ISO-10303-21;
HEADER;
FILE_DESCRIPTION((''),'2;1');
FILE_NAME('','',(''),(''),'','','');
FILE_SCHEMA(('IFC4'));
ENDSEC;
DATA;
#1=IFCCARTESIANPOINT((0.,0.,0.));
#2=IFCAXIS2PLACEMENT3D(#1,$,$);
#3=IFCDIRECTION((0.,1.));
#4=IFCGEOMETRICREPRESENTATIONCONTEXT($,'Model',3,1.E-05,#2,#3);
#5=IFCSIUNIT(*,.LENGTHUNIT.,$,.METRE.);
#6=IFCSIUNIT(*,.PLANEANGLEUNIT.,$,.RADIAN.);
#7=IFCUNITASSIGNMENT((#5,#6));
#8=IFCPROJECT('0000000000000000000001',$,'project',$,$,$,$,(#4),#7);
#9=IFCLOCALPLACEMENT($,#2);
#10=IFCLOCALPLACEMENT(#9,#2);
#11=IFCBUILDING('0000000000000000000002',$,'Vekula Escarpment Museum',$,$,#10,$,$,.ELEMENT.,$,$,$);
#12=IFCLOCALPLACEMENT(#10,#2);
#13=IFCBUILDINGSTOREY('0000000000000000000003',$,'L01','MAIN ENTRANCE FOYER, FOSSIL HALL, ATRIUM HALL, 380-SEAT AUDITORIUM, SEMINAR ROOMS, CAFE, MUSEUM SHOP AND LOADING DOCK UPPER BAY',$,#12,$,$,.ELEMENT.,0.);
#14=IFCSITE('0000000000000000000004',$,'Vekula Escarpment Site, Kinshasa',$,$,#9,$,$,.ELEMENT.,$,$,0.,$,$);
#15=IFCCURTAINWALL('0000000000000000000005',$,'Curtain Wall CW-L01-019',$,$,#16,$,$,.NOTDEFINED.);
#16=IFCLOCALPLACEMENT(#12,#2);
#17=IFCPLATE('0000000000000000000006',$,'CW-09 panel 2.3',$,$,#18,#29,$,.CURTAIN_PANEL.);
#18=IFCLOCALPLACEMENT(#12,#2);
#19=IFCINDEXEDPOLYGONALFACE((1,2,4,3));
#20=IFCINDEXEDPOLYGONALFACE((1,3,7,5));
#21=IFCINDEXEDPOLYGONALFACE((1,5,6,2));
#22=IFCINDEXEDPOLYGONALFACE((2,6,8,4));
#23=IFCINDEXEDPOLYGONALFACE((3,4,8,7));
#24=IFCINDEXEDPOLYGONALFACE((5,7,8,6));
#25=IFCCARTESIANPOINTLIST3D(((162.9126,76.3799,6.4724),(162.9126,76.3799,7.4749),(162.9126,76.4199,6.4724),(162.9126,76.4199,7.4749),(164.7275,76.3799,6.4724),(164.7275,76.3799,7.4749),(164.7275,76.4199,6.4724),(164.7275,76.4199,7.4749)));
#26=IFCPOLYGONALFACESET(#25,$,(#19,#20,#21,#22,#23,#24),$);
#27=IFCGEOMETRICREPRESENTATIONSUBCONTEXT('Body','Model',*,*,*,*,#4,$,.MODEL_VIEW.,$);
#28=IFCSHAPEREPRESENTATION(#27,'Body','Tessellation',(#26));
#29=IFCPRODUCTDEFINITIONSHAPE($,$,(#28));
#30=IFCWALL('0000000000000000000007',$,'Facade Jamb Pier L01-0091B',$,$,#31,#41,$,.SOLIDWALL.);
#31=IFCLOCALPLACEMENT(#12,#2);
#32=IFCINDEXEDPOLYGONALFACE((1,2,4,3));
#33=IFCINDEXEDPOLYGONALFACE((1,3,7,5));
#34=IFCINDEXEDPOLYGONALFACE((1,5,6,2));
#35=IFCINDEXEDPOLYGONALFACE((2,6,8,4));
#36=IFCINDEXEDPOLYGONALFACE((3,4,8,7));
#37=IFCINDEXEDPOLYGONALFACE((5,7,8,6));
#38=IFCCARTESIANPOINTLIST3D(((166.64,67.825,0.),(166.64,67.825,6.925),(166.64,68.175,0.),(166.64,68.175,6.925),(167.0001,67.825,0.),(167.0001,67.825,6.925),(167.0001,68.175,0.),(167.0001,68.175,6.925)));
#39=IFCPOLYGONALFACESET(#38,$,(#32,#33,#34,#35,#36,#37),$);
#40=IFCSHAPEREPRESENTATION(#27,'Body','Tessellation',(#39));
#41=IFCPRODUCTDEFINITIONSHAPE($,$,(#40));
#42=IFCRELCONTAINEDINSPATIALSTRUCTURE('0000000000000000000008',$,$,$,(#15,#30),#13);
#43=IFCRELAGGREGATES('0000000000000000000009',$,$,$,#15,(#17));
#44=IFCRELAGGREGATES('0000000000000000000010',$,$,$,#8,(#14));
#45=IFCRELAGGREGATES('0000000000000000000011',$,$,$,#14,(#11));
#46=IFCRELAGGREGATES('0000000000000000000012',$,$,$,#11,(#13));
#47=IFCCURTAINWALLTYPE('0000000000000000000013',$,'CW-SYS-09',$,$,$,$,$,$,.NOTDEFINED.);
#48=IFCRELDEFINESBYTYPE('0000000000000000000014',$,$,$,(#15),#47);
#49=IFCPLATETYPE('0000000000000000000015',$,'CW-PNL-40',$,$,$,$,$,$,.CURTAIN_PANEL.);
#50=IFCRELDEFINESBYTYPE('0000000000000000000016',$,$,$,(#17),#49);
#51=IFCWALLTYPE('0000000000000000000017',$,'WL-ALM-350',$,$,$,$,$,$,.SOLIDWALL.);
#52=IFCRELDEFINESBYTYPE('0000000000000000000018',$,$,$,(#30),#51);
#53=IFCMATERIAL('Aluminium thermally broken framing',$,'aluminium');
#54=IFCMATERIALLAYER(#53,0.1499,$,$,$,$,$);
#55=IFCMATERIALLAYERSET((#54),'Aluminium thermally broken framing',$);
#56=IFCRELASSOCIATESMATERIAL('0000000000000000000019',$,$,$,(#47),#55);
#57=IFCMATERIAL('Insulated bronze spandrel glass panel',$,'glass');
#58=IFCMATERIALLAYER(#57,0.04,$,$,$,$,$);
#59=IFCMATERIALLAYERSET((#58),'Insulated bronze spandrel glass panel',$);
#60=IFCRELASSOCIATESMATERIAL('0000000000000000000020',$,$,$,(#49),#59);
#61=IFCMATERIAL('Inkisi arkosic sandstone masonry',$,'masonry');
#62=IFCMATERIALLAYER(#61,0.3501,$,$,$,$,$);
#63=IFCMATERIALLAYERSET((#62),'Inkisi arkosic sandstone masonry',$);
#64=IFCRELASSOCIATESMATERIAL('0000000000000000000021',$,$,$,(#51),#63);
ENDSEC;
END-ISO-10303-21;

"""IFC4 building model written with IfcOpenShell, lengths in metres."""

from ifc_helpers import new_model, si_unit, direction, frame, frame_2d, origin, origin_2d, place, context, subcontext, project, spatial, rectangle, extrude, material, layer, layer_set, type_object, element, aggregate, save


model = new_model("IFC4")

# Units and contexts
model_context = context("Model", 3, precision=1e-05, world=origin(), true_north=direction((0.0, 1.0)))
body_context = subcontext(model_context, "Body", "Model", "MODEL_VIEW")
ifc_project = project(units=[si_unit("LENGTHUNIT", "METRE"), si_unit("PLANEANGLEUNIT", "RADIAN")], contexts=[model_context])

# Site, building, storey
site_placement = place(None, origin())
site = spatial("IfcSite", under=ifc_project, at=site_placement, Name="Vekula Escarpment Site, Kinshasa", CompositionType="ELEMENT", RefElevation=0.0)
building_placement = place(site_placement, origin())
building = spatial("IfcBuilding", under=site, at=building_placement, Name="Vekula Escarpment Museum", CompositionType="ELEMENT")
storey_placement = place(building_placement, origin())
storey = spatial("IfcBuildingStorey", under=building, at=storey_placement, Name="L01", Description="MAIN ENTRANCE FOYER, FOSSIL HALL, ATRIUM HALL, 380-SEAT AUDITORIUM, SEMINAR ROOMS, CAFE, MUSEUM SHOP AND LOADING DOCK UPPER BAY", CompositionType="ELEMENT", Elevation=0.0)

# Curtain wall
ifc_material_1 = material(Name="Aluminium thermally broken framing", Category="aluminium")
ifc_layer_1 = layer(ifc_material_1, 0.1499)
ifc_layer_set_1 = layer_set([ifc_layer_1], Name="Aluminium thermally broken framing")
curtain_wall_type_1 = type_object("IfcCurtainWallType", Name="CW-SYS-09", PredefinedType="NOTDEFINED", material=ifc_layer_set_1)
curtain_wall_1_placement = place(storey_placement, origin())
curtain_wall_1 = element("IfcCurtainWall", 1, at=curtain_wall_1_placement, inside=storey, type_object=curtain_wall_type_1, Name="Curtain Wall CW-L01-019", PredefinedType="NOTDEFINED")

# Plate
ifc_material_2 = material(Name="Insulated bronze spandrel glass panel", Category="glass")
ifc_layer_2 = layer(ifc_material_2, 0.04)
ifc_layer_set_2 = layer_set([ifc_layer_2], Name="Insulated bronze spandrel glass panel")
plate_type = type_object("IfcPlateType", Name="CW-PNL-40", PredefinedType="CURTAIN_PANEL", material=ifc_layer_set_2)
plate_1_placement = place(storey_placement, frame((163.8201, 76.3999, 6.4724), z_axis=(0.0, 0.0, 1.0), x_axis=(-1.0, 0.0, 0.0)))
plate_1 = element("IfcPlate", 2, at=plate_1_placement, type_object=plate_type, Name="CW-09 panel 2.3", PredefinedType="CURTAIN_PANEL", context=body_context, shape_type="SweptSolid", body=[
    extrude(rectangle(XDim=1.8149, YDim=0.04, at=origin_2d()), origin(), (0.0, 0.0, 1.0), 1.0024),
])
aggregate(curtain_wall_1, [plate_1])

# Wall
ifc_material_3 = material(Name="Inkisi arkosic sandstone masonry", Category="masonry")
ifc_layer_3 = layer(ifc_material_3, 0.3501)
ifc_layer_set_3 = layer_set([ifc_layer_3], Name="Inkisi arkosic sandstone masonry")
wall_type = type_object("IfcWallType", Name="WL-ALM-350", PredefinedType="SOLIDWALL", material=ifc_layer_set_3)
wall_placement = place(storey_placement, frame((166.6399, 68.0, 0.0), z_axis=(0.0, 0.0, 1.0), x_axis=(1.0, 0.0, 0.0)))
element("IfcWall", 3, at=wall_placement, inside=storey, type_object=wall_type, Name="Facade Jamb Pier L01-0091B", PredefinedType="SOLIDWALL", context=body_context, shape_type="SweptSolid", body=[
    extrude(rectangle(XDim=0.3601, YDim=0.3501, at=frame_2d((0.1802, 0.0))), origin(), (0.0, 0.0, 1.0), 6.925),
])

save(model, "model.ifc")
